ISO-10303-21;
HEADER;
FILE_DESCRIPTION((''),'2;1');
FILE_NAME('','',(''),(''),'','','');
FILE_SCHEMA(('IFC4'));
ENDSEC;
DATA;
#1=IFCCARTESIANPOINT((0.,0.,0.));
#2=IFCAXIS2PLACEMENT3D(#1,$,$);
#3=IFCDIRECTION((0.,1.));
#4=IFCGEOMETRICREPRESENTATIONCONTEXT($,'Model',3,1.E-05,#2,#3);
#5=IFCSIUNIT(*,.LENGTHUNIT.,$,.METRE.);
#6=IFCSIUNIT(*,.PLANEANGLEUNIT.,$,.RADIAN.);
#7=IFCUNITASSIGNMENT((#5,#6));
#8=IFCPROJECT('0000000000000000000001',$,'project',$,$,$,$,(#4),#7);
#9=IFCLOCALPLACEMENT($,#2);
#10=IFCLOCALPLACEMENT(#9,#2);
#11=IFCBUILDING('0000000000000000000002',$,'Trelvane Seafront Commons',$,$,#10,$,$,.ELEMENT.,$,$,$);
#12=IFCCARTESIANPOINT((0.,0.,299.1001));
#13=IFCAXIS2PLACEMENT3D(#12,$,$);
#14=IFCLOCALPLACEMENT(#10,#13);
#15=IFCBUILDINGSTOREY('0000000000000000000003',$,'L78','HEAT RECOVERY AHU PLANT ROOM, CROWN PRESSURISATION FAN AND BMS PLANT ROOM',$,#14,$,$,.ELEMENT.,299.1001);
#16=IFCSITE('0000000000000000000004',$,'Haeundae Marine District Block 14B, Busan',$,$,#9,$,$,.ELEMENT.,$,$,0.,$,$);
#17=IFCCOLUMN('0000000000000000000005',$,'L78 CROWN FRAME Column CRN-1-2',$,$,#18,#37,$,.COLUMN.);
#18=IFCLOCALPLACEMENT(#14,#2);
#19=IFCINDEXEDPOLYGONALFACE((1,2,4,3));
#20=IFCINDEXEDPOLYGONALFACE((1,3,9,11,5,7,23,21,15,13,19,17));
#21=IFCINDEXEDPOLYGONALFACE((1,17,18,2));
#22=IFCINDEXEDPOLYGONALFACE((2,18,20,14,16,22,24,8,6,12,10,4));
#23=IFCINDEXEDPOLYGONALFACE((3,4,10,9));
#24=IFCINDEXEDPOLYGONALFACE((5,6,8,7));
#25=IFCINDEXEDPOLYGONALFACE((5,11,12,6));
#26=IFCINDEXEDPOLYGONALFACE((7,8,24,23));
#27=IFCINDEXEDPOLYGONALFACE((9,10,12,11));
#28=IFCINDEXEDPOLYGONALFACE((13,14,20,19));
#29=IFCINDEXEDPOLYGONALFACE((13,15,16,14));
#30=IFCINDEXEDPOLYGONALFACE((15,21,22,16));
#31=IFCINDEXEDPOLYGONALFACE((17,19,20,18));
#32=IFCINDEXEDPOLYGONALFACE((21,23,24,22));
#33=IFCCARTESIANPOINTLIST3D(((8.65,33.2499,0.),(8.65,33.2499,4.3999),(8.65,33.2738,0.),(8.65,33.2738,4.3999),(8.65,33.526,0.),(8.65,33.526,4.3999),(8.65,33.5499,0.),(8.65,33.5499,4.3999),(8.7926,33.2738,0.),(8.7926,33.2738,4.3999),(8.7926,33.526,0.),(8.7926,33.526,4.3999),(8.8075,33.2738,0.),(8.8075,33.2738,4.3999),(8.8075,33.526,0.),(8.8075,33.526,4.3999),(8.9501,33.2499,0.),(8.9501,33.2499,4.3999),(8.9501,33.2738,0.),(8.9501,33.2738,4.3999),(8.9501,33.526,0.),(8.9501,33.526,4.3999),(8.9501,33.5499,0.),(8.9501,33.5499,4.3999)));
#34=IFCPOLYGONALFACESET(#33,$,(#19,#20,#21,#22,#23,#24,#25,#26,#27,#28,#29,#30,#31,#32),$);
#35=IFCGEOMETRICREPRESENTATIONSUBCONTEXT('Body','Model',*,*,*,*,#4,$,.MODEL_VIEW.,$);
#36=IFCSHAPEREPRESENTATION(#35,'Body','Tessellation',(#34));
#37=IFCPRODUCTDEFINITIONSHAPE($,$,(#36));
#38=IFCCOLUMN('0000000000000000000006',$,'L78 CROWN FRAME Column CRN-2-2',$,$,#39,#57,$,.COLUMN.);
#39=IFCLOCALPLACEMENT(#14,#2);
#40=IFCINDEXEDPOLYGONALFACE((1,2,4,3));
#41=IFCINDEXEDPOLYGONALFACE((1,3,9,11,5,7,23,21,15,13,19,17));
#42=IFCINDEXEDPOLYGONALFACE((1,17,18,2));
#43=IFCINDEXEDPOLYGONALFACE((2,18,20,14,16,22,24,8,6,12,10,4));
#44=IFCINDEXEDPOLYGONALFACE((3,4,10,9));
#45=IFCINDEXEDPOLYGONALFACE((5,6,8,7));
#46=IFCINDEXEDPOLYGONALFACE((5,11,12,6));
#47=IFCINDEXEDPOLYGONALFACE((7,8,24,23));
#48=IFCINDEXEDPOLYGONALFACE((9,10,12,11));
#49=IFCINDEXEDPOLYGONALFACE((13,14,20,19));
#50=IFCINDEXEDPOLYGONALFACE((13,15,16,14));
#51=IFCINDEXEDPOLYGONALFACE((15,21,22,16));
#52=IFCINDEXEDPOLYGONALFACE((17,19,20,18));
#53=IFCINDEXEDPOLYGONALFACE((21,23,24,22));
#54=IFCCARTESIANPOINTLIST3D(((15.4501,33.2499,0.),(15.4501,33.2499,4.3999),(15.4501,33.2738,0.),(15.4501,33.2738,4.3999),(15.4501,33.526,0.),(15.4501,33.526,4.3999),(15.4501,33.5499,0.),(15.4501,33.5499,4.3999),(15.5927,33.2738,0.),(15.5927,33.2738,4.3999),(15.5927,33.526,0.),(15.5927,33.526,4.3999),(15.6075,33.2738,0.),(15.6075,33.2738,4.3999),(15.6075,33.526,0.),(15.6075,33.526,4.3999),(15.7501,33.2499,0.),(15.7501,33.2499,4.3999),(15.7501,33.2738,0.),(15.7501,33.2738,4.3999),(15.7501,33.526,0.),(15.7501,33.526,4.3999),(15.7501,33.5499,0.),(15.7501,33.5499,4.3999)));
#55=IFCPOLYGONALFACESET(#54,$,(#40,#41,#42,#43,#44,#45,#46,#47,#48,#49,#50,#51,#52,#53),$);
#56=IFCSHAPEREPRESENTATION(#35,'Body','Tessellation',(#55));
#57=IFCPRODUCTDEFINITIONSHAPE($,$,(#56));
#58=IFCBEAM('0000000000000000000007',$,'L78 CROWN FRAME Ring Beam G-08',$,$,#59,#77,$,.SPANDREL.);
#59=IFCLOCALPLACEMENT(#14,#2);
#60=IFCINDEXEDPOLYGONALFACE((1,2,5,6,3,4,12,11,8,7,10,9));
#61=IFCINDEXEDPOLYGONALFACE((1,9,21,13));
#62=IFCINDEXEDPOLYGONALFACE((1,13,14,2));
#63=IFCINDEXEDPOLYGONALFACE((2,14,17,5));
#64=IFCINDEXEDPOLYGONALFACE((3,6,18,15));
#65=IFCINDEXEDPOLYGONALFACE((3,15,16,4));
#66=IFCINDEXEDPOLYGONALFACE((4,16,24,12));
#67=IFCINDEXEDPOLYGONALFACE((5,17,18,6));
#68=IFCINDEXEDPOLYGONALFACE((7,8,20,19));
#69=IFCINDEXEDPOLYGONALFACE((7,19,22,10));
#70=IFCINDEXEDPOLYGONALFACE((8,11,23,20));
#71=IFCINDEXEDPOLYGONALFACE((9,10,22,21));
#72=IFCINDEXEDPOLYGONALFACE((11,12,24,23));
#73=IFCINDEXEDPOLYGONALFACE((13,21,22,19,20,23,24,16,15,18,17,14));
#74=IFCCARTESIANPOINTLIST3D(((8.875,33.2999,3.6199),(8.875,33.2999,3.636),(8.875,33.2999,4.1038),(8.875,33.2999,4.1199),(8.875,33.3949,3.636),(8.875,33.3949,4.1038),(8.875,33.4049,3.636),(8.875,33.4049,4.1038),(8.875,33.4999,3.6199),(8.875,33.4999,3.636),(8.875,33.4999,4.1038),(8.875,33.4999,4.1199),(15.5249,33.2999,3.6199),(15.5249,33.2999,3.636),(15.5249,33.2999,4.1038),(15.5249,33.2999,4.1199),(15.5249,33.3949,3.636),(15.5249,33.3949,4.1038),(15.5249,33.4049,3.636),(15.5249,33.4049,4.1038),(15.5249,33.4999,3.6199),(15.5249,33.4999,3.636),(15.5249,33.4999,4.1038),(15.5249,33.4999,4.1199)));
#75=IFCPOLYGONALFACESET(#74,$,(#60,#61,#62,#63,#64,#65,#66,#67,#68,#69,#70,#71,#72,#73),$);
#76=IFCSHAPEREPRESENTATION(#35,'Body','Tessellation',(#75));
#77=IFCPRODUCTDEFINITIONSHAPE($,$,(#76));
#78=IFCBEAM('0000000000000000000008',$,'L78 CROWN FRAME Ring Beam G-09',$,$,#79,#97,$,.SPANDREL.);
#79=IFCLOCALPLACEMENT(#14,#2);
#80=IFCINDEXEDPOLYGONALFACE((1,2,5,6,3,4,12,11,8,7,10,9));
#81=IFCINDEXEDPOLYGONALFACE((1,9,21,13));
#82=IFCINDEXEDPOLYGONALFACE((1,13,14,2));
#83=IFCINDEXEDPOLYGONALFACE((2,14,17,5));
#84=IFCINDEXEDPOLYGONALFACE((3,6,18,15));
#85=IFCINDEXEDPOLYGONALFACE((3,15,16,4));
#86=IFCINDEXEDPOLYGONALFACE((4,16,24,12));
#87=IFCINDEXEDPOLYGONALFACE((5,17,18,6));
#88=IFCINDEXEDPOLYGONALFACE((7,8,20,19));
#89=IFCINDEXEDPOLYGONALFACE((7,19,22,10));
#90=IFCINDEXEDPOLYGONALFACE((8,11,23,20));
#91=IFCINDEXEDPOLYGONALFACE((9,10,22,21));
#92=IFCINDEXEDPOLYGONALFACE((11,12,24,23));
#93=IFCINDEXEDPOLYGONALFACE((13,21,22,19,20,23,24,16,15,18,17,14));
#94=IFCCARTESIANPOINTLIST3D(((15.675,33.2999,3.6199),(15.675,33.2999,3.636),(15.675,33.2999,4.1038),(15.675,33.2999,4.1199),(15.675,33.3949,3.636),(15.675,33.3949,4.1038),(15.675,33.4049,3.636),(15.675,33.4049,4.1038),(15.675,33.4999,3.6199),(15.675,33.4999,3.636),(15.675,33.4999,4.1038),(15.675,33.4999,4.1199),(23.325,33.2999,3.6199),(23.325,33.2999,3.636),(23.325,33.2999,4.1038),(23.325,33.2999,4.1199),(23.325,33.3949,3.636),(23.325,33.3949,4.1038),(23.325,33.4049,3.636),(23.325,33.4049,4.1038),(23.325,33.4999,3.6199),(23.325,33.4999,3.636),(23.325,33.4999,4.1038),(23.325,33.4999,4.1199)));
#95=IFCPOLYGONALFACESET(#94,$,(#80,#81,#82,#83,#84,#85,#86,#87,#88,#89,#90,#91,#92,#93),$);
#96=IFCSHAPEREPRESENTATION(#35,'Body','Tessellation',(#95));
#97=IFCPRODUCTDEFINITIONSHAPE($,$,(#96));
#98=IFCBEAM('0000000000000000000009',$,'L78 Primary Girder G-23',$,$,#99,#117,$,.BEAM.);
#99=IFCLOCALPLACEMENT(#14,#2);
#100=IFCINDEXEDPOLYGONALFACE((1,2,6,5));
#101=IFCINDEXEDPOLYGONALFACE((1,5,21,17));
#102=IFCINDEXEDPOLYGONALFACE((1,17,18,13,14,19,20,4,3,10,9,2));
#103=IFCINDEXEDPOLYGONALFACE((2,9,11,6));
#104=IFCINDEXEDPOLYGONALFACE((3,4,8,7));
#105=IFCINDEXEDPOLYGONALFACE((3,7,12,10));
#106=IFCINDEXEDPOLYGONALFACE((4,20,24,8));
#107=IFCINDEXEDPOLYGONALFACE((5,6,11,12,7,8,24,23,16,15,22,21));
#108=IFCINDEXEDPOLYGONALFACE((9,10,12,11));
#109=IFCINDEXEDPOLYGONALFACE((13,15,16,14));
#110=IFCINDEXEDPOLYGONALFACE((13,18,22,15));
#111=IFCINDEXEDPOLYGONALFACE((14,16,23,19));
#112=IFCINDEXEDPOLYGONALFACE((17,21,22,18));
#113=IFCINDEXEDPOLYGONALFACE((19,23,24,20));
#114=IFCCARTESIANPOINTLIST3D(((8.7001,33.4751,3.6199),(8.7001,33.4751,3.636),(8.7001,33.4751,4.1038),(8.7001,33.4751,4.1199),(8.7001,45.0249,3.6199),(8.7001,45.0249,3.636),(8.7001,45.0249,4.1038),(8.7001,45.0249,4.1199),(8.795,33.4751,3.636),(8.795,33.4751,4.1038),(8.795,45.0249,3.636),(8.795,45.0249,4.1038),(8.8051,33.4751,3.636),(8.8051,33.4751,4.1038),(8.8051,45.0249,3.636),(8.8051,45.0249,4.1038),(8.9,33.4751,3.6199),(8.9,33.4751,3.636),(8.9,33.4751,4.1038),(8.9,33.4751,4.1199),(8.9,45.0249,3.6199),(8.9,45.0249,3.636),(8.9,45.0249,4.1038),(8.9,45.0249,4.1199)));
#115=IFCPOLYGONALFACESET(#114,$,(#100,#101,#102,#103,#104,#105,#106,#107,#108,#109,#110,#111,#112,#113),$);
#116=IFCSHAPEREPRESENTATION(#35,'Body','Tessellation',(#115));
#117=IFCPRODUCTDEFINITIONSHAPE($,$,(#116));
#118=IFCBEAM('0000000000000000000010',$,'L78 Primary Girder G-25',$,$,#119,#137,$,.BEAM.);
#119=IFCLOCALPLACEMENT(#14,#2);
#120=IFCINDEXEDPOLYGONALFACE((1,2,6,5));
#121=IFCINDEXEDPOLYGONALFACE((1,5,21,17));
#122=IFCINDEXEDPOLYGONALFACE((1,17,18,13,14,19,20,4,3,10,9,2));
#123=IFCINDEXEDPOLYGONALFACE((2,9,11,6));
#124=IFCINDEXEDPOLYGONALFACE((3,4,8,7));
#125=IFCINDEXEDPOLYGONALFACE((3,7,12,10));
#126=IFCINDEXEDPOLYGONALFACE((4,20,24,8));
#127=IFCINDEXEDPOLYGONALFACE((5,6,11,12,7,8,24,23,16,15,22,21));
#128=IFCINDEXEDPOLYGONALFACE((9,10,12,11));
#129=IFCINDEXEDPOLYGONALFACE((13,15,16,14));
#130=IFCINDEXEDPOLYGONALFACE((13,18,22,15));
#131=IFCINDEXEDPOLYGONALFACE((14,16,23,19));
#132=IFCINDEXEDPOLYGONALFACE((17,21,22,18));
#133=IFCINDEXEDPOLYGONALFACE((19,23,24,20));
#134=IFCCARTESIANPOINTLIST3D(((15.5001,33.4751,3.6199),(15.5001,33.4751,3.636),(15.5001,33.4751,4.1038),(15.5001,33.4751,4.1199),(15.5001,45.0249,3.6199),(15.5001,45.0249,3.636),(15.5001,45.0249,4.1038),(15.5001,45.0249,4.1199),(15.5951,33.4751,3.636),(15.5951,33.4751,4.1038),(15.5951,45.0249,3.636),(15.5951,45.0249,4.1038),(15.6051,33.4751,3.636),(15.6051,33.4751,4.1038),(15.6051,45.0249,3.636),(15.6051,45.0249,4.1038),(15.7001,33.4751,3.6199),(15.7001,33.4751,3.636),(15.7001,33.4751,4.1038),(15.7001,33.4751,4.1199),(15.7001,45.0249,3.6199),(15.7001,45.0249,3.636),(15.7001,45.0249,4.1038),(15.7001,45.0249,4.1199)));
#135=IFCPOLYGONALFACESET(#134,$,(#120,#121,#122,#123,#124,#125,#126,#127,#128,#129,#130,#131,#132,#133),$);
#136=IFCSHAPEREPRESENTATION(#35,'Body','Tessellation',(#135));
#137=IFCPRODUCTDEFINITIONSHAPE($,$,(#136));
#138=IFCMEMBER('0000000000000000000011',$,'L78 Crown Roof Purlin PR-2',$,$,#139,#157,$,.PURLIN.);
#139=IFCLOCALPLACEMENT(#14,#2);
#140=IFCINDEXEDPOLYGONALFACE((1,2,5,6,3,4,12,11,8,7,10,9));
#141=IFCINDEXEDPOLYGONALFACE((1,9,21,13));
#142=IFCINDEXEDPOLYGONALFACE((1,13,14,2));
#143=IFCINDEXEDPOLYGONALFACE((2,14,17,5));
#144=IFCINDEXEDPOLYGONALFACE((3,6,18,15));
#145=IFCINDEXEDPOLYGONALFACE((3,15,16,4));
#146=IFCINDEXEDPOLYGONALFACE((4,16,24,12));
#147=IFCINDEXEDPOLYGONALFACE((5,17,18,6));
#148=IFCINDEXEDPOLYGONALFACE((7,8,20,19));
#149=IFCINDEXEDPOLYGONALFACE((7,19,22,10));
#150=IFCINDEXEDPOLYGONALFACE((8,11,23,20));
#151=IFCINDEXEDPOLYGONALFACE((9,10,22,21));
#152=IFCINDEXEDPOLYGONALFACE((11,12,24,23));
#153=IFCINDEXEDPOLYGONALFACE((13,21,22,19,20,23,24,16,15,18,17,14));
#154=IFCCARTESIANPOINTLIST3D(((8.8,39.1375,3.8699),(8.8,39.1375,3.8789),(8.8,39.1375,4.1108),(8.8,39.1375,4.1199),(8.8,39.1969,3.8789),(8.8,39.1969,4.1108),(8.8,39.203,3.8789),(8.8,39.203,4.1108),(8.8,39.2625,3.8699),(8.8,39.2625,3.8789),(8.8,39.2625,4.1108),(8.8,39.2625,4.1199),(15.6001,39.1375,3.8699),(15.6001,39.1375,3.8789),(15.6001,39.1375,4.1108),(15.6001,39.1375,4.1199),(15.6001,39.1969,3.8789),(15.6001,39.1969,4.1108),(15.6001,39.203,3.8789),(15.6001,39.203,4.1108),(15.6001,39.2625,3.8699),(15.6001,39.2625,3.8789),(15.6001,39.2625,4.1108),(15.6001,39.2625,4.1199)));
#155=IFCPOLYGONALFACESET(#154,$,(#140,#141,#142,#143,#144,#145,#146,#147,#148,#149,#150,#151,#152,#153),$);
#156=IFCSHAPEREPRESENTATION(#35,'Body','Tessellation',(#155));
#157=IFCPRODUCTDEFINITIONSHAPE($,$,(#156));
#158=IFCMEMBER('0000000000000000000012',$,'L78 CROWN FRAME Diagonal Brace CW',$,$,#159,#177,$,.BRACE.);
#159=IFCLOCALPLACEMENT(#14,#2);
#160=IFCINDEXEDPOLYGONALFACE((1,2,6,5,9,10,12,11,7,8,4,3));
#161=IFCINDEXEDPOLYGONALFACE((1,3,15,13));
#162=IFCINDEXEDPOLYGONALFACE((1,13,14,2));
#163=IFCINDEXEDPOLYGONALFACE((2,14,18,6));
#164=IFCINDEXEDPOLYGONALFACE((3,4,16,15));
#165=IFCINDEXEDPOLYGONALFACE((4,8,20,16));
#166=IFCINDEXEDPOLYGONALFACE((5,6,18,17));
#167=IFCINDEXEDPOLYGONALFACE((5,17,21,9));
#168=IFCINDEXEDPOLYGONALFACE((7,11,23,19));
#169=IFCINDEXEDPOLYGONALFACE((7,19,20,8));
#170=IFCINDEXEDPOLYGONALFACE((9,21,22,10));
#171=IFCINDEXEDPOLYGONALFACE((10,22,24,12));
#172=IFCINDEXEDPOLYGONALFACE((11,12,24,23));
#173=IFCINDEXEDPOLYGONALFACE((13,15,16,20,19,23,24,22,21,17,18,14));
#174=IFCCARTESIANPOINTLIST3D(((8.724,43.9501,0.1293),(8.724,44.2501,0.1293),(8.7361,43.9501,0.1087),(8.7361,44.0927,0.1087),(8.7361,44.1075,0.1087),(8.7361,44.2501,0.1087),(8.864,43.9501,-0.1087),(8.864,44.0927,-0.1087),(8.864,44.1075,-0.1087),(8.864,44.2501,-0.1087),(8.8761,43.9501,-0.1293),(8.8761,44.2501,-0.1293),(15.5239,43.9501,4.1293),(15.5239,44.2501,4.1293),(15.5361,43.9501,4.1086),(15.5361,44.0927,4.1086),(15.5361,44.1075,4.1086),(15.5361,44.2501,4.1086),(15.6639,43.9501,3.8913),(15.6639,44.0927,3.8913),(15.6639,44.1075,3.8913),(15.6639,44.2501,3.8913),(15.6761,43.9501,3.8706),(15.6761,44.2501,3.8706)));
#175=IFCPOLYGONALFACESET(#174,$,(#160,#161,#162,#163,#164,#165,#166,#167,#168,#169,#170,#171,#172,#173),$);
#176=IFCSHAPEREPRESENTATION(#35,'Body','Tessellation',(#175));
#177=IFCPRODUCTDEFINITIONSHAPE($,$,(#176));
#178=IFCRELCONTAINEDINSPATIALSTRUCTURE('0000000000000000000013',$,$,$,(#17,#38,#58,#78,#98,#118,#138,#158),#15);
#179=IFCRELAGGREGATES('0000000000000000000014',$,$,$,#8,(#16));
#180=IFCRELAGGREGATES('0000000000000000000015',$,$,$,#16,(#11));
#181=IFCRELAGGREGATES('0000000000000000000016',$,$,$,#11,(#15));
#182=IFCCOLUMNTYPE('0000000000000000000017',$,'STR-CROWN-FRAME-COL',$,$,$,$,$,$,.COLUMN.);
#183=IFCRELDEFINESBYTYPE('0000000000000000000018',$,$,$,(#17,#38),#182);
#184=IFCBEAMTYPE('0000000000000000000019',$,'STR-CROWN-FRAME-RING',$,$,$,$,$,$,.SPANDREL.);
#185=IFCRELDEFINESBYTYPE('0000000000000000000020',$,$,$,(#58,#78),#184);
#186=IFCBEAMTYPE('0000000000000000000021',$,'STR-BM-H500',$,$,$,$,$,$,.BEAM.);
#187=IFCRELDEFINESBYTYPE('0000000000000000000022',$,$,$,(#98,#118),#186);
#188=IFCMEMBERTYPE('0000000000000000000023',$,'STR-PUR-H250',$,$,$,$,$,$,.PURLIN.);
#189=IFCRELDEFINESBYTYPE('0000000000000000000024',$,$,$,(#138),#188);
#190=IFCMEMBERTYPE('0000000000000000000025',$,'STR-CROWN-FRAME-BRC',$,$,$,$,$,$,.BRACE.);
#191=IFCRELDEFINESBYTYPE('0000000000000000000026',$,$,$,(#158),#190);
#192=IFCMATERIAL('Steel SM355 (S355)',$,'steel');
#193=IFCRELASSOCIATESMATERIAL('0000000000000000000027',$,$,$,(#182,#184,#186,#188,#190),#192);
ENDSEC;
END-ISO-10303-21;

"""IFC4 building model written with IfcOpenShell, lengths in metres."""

from ifc_helpers import new_model, si_unit, direction, frame, origin, origin_2d, place, context, subcontext, project, spatial, i_section, extrude, source, transform, mapped, material, material_profile, profile_set, type_object, element, save


model = new_model("IFC4")

# Units and contexts
model_context = context("Model", 3, precision=1e-05, world=origin(), true_north=direction((0.0, 1.0)))
body_context = subcontext(model_context, "Body", "Model", "MODEL_VIEW")
ifc_project = project(units=[si_unit("LENGTHUNIT", "METRE"), si_unit("PLANEANGLEUNIT", "RADIAN")], contexts=[model_context])

# Site, building, storey
site_placement = place(None, origin())
site = spatial("IfcSite", under=ifc_project, at=site_placement, Name="Haeundae Marine District Block 14B, Busan", CompositionType="ELEMENT", RefElevation=0.0)
building_placement = place(site_placement, origin())
building = spatial("IfcBuilding", under=site, at=building_placement, Name="Trelvane Seafront Commons", CompositionType="ELEMENT")
storey_placement = place(building_placement, frame((0.0, 0.0, 299.1001)))
storey = spatial("IfcBuildingStorey", under=building, at=storey_placement, Name="L78", Description="HEAT RECOVERY AHU PLANT ROOM, CROWN PRESSURISATION FAN AND BMS PLANT ROOM", CompositionType="ELEMENT", Elevation=299.1001)

# Columns
ifc_material_1 = material(Name="Steel SM355 (S355)", Category="steel")
ifc_material_profile_1 = material_profile(ifc_material_1, i_section(OverallWidth=0.3, OverallDepth=0.3, WebThickness=0.0149, FlangeThickness=0.0239, at=origin_2d()), Name="HD-300x300x15x24")
ifc_profile_set_1 = profile_set([ifc_material_profile_1], Name="Steel SM355 (S355)")
column_type = type_object("IfcColumnType", Name="STR-CROWN-FRAME-COL", PredefinedType="COLUMN", material=ifc_profile_set_1)
shared_shape_1 = source(origin(), body_context, "Body", "SweptSolid", [
    extrude(i_section(OverallWidth=0.3, OverallDepth=0.3, WebThickness=0.0149, FlangeThickness=0.0239, at=origin_2d()), origin(), (0.0, 0.0, 1.0), 4.3999),
])
for number, where, z_axis, x_axis, name in (
    (1, (8.8, 33.3999, 0.0), (0.0, 0.0, 1.0), (1.0, 0.0, 0.0), "L78 CROWN FRAME Column CRN-1-2"),
    (2, (15.6001, 33.3999, 0.0), (0.0, 0.0, 1.0), (1.0, 0.0, 0.0), "L78 CROWN FRAME Column CRN-2-2"),
):
    element("IfcColumn", number, at=place(storey_placement, frame(where, z_axis=z_axis, x_axis=x_axis)), inside=storey, type_object=column_type, Name=name, PredefinedType="COLUMN", context=body_context, shape_type="MappedRepresentation", body=[
        mapped(shared_shape_1, transform((0.0, 0.0, 0.0), x_axis=(1.0, 0.0, 0.0), y_axis=(0.0, 1.0, 0.0), z_axis=(0.0, 0.0, 1.0), scale=1.0)),
    ])

# Beams
ifc_material_profile_2 = material_profile(ifc_material_1, i_section(OverallWidth=0.2, OverallDepth=0.5, WebThickness=0.01, FlangeThickness=0.0161, at=origin_2d()), Name="H-500x200x10x16")
ifc_profile_set_2 = profile_set([ifc_material_profile_2], Name="Steel SM355 (S355)")
beam_type_1 = type_object("IfcBeamType", Name="STR-CROWN-FRAME-RING", PredefinedType="SPANDREL", material=ifc_profile_set_2)
shared_shape_2 = source(origin(), body_context, "Body", "SweptSolid", [
    extrude(i_section(OverallWidth=0.2, OverallDepth=0.5, WebThickness=0.01, FlangeThickness=0.0161, at=origin_2d()), origin(), (0.0, 0.0, 1.0), 6.6499),
])
beam_1_placement = place(storey_placement, frame((8.875, 33.3999, 3.8699), z_axis=(1.0, 0.0, 0.0), x_axis=(0.0, 1.0, 0.0)))
element("IfcBeam", 3, at=beam_1_placement, inside=storey, type_object=beam_type_1, Name="L78 CROWN FRAME Ring Beam G-08", PredefinedType="SPANDREL", context=body_context, shape_type="MappedRepresentation", body=[
    mapped(shared_shape_2, transform((0.0, 0.0, 0.0), x_axis=(1.0, 0.0, 0.0), y_axis=(0.0, 1.0, 0.0), z_axis=(0.0, 0.0, 1.0), scale=1.0)),
])
shared_shape_3 = source(origin(), body_context, "Body", "SweptSolid", [
    extrude(i_section(OverallWidth=0.2, OverallDepth=0.5, WebThickness=0.01, FlangeThickness=0.0161, at=origin_2d()), origin(), (0.0, 0.0, 1.0), 7.6499),
])
beam_2_placement = place(storey_placement, frame((15.675, 33.3999, 3.8699), z_axis=(1.0, 0.0, 0.0), x_axis=(0.0, 1.0, 0.0)))
element("IfcBeam", 4, at=beam_2_placement, inside=storey, type_object=beam_type_1, Name="L78 CROWN FRAME Ring Beam G-09", PredefinedType="SPANDREL", context=body_context, shape_type="MappedRepresentation", body=[
    mapped(shared_shape_3, transform((0.0, 0.0, 0.0), x_axis=(1.0, 0.0, 0.0), y_axis=(0.0, 1.0, 0.0), z_axis=(0.0, 0.0, 1.0), scale=1.0)),
])
ifc_material_profile_3 = material_profile(ifc_material_1, i_section(OverallWidth=0.2, OverallDepth=0.5, WebThickness=0.01, FlangeThickness=0.0161, at=origin_2d()), Name="H-500x200x10x16")
ifc_profile_set_3 = profile_set([ifc_material_profile_3], Name="Steel SM355 (S355)")
beam_type_2 = type_object("IfcBeamType", Name="STR-BM-H500", PredefinedType="BEAM", material=ifc_profile_set_3)
shared_shape_4 = source(origin(), body_context, "Body", "SweptSolid", [
    extrude(i_section(OverallWidth=0.2, OverallDepth=0.5, WebThickness=0.01, FlangeThickness=0.0161, at=origin_2d()), origin(), (0.0, 0.0, 1.0), 11.5498),
])
for number, where, z_axis, x_axis, name in (
    (5, (8.8, 33.4751, 3.8699), (0.0, 1.0, 0.0), (-1.0, 0.0, 0.0), "L78 Primary Girder G-23"),
    (6, (15.6001, 33.4751, 3.8699), (0.0, 1.0, 0.0), (-1.0, 0.0, 0.0), "L78 Primary Girder G-25"),
):
    element("IfcBeam", number, at=place(storey_placement, frame(where, z_axis=z_axis, x_axis=x_axis)), inside=storey, type_object=beam_type_2, Name=name, PredefinedType="BEAM", context=body_context, shape_type="MappedRepresentation", body=[
        mapped(shared_shape_4, transform((0.0, 0.0, 0.0), x_axis=(1.0, 0.0, 0.0), y_axis=(0.0, 1.0, 0.0), z_axis=(0.0, 0.0, 1.0), scale=1.0)),
    ])

# Members
ifc_material_profile_4 = material_profile(ifc_material_1, i_section(OverallWidth=0.125, OverallDepth=0.25, WebThickness=0.0061, FlangeThickness=0.009, at=origin_2d()), Name="H-250x125x6x9")
ifc_profile_set_4 = profile_set([ifc_material_profile_4], Name="Steel SM355 (S355)")
member_type_1 = type_object("IfcMemberType", Name="STR-PUR-H250", PredefinedType="PURLIN", material=ifc_profile_set_4)
shared_shape_5 = source(origin(), body_context, "Body", "SweptSolid", [
    extrude(i_section(OverallWidth=0.125, OverallDepth=0.25, WebThickness=0.0061, FlangeThickness=0.009, at=origin_2d()), origin(), (0.0, 0.0, 1.0), 6.8),
])
member_1_placement = place(storey_placement, frame((8.8, 39.2, 3.9949), z_axis=(1.0, 0.0, 0.0), x_axis=(0.0, 1.0, 0.0)))
element("IfcMember", 7, at=member_1_placement, inside=storey, type_object=member_type_1, Name="L78 Crown Roof Purlin PR-2", PredefinedType="PURLIN", context=body_context, shape_type="MappedRepresentation", body=[
    mapped(shared_shape_5, transform((0.0, 0.0, 0.0), x_axis=(1.0, 0.0, 0.0), y_axis=(0.0, 1.0, 0.0), z_axis=(0.0, 0.0, 1.0), scale=1.0)),
])
ifc_material_profile_5 = material_profile(ifc_material_1, i_section(OverallWidth=0.3, OverallDepth=0.3, WebThickness=0.0149, FlangeThickness=0.0239, at=origin_2d()), Name="HD-300x300x15x24")
ifc_profile_set_5 = profile_set([ifc_material_profile_5], Name="Steel SM355 (S355)")
member_type_2 = type_object("IfcMemberType", Name="STR-CROWN-FRAME-BRC", PredefinedType="BRACE", material=ifc_profile_set_5)
shared_shape_6 = source(origin(), body_context, "Body", "SweptSolid", [
    extrude(i_section(OverallWidth=0.3, OverallDepth=0.3, WebThickness=0.0149, FlangeThickness=0.0239, at=origin_2d()), origin(), (0.0, 0.0, 1.0), 7.8892),
])
member_2_placement = place(storey_placement, frame((8.8, 44.1001, 0.0), z_axis=(0.861936, 0.0, 0.507017), x_axis=(0.0, 1.0, 0.0)))
element("IfcMember", 8, at=member_2_placement, inside=storey, type_object=member_type_2, Name="L78 CROWN FRAME Diagonal Brace CW", PredefinedType="BRACE", context=body_context, shape_type="MappedRepresentation", body=[
    mapped(shared_shape_6, transform((0.0, 0.0, 0.0), x_axis=(1.0, 0.0, 0.0), y_axis=(0.0, 1.0, 0.0), z_axis=(0.0, 0.0, 1.0), scale=1.0)),
])

save(model, "model.ifc")
